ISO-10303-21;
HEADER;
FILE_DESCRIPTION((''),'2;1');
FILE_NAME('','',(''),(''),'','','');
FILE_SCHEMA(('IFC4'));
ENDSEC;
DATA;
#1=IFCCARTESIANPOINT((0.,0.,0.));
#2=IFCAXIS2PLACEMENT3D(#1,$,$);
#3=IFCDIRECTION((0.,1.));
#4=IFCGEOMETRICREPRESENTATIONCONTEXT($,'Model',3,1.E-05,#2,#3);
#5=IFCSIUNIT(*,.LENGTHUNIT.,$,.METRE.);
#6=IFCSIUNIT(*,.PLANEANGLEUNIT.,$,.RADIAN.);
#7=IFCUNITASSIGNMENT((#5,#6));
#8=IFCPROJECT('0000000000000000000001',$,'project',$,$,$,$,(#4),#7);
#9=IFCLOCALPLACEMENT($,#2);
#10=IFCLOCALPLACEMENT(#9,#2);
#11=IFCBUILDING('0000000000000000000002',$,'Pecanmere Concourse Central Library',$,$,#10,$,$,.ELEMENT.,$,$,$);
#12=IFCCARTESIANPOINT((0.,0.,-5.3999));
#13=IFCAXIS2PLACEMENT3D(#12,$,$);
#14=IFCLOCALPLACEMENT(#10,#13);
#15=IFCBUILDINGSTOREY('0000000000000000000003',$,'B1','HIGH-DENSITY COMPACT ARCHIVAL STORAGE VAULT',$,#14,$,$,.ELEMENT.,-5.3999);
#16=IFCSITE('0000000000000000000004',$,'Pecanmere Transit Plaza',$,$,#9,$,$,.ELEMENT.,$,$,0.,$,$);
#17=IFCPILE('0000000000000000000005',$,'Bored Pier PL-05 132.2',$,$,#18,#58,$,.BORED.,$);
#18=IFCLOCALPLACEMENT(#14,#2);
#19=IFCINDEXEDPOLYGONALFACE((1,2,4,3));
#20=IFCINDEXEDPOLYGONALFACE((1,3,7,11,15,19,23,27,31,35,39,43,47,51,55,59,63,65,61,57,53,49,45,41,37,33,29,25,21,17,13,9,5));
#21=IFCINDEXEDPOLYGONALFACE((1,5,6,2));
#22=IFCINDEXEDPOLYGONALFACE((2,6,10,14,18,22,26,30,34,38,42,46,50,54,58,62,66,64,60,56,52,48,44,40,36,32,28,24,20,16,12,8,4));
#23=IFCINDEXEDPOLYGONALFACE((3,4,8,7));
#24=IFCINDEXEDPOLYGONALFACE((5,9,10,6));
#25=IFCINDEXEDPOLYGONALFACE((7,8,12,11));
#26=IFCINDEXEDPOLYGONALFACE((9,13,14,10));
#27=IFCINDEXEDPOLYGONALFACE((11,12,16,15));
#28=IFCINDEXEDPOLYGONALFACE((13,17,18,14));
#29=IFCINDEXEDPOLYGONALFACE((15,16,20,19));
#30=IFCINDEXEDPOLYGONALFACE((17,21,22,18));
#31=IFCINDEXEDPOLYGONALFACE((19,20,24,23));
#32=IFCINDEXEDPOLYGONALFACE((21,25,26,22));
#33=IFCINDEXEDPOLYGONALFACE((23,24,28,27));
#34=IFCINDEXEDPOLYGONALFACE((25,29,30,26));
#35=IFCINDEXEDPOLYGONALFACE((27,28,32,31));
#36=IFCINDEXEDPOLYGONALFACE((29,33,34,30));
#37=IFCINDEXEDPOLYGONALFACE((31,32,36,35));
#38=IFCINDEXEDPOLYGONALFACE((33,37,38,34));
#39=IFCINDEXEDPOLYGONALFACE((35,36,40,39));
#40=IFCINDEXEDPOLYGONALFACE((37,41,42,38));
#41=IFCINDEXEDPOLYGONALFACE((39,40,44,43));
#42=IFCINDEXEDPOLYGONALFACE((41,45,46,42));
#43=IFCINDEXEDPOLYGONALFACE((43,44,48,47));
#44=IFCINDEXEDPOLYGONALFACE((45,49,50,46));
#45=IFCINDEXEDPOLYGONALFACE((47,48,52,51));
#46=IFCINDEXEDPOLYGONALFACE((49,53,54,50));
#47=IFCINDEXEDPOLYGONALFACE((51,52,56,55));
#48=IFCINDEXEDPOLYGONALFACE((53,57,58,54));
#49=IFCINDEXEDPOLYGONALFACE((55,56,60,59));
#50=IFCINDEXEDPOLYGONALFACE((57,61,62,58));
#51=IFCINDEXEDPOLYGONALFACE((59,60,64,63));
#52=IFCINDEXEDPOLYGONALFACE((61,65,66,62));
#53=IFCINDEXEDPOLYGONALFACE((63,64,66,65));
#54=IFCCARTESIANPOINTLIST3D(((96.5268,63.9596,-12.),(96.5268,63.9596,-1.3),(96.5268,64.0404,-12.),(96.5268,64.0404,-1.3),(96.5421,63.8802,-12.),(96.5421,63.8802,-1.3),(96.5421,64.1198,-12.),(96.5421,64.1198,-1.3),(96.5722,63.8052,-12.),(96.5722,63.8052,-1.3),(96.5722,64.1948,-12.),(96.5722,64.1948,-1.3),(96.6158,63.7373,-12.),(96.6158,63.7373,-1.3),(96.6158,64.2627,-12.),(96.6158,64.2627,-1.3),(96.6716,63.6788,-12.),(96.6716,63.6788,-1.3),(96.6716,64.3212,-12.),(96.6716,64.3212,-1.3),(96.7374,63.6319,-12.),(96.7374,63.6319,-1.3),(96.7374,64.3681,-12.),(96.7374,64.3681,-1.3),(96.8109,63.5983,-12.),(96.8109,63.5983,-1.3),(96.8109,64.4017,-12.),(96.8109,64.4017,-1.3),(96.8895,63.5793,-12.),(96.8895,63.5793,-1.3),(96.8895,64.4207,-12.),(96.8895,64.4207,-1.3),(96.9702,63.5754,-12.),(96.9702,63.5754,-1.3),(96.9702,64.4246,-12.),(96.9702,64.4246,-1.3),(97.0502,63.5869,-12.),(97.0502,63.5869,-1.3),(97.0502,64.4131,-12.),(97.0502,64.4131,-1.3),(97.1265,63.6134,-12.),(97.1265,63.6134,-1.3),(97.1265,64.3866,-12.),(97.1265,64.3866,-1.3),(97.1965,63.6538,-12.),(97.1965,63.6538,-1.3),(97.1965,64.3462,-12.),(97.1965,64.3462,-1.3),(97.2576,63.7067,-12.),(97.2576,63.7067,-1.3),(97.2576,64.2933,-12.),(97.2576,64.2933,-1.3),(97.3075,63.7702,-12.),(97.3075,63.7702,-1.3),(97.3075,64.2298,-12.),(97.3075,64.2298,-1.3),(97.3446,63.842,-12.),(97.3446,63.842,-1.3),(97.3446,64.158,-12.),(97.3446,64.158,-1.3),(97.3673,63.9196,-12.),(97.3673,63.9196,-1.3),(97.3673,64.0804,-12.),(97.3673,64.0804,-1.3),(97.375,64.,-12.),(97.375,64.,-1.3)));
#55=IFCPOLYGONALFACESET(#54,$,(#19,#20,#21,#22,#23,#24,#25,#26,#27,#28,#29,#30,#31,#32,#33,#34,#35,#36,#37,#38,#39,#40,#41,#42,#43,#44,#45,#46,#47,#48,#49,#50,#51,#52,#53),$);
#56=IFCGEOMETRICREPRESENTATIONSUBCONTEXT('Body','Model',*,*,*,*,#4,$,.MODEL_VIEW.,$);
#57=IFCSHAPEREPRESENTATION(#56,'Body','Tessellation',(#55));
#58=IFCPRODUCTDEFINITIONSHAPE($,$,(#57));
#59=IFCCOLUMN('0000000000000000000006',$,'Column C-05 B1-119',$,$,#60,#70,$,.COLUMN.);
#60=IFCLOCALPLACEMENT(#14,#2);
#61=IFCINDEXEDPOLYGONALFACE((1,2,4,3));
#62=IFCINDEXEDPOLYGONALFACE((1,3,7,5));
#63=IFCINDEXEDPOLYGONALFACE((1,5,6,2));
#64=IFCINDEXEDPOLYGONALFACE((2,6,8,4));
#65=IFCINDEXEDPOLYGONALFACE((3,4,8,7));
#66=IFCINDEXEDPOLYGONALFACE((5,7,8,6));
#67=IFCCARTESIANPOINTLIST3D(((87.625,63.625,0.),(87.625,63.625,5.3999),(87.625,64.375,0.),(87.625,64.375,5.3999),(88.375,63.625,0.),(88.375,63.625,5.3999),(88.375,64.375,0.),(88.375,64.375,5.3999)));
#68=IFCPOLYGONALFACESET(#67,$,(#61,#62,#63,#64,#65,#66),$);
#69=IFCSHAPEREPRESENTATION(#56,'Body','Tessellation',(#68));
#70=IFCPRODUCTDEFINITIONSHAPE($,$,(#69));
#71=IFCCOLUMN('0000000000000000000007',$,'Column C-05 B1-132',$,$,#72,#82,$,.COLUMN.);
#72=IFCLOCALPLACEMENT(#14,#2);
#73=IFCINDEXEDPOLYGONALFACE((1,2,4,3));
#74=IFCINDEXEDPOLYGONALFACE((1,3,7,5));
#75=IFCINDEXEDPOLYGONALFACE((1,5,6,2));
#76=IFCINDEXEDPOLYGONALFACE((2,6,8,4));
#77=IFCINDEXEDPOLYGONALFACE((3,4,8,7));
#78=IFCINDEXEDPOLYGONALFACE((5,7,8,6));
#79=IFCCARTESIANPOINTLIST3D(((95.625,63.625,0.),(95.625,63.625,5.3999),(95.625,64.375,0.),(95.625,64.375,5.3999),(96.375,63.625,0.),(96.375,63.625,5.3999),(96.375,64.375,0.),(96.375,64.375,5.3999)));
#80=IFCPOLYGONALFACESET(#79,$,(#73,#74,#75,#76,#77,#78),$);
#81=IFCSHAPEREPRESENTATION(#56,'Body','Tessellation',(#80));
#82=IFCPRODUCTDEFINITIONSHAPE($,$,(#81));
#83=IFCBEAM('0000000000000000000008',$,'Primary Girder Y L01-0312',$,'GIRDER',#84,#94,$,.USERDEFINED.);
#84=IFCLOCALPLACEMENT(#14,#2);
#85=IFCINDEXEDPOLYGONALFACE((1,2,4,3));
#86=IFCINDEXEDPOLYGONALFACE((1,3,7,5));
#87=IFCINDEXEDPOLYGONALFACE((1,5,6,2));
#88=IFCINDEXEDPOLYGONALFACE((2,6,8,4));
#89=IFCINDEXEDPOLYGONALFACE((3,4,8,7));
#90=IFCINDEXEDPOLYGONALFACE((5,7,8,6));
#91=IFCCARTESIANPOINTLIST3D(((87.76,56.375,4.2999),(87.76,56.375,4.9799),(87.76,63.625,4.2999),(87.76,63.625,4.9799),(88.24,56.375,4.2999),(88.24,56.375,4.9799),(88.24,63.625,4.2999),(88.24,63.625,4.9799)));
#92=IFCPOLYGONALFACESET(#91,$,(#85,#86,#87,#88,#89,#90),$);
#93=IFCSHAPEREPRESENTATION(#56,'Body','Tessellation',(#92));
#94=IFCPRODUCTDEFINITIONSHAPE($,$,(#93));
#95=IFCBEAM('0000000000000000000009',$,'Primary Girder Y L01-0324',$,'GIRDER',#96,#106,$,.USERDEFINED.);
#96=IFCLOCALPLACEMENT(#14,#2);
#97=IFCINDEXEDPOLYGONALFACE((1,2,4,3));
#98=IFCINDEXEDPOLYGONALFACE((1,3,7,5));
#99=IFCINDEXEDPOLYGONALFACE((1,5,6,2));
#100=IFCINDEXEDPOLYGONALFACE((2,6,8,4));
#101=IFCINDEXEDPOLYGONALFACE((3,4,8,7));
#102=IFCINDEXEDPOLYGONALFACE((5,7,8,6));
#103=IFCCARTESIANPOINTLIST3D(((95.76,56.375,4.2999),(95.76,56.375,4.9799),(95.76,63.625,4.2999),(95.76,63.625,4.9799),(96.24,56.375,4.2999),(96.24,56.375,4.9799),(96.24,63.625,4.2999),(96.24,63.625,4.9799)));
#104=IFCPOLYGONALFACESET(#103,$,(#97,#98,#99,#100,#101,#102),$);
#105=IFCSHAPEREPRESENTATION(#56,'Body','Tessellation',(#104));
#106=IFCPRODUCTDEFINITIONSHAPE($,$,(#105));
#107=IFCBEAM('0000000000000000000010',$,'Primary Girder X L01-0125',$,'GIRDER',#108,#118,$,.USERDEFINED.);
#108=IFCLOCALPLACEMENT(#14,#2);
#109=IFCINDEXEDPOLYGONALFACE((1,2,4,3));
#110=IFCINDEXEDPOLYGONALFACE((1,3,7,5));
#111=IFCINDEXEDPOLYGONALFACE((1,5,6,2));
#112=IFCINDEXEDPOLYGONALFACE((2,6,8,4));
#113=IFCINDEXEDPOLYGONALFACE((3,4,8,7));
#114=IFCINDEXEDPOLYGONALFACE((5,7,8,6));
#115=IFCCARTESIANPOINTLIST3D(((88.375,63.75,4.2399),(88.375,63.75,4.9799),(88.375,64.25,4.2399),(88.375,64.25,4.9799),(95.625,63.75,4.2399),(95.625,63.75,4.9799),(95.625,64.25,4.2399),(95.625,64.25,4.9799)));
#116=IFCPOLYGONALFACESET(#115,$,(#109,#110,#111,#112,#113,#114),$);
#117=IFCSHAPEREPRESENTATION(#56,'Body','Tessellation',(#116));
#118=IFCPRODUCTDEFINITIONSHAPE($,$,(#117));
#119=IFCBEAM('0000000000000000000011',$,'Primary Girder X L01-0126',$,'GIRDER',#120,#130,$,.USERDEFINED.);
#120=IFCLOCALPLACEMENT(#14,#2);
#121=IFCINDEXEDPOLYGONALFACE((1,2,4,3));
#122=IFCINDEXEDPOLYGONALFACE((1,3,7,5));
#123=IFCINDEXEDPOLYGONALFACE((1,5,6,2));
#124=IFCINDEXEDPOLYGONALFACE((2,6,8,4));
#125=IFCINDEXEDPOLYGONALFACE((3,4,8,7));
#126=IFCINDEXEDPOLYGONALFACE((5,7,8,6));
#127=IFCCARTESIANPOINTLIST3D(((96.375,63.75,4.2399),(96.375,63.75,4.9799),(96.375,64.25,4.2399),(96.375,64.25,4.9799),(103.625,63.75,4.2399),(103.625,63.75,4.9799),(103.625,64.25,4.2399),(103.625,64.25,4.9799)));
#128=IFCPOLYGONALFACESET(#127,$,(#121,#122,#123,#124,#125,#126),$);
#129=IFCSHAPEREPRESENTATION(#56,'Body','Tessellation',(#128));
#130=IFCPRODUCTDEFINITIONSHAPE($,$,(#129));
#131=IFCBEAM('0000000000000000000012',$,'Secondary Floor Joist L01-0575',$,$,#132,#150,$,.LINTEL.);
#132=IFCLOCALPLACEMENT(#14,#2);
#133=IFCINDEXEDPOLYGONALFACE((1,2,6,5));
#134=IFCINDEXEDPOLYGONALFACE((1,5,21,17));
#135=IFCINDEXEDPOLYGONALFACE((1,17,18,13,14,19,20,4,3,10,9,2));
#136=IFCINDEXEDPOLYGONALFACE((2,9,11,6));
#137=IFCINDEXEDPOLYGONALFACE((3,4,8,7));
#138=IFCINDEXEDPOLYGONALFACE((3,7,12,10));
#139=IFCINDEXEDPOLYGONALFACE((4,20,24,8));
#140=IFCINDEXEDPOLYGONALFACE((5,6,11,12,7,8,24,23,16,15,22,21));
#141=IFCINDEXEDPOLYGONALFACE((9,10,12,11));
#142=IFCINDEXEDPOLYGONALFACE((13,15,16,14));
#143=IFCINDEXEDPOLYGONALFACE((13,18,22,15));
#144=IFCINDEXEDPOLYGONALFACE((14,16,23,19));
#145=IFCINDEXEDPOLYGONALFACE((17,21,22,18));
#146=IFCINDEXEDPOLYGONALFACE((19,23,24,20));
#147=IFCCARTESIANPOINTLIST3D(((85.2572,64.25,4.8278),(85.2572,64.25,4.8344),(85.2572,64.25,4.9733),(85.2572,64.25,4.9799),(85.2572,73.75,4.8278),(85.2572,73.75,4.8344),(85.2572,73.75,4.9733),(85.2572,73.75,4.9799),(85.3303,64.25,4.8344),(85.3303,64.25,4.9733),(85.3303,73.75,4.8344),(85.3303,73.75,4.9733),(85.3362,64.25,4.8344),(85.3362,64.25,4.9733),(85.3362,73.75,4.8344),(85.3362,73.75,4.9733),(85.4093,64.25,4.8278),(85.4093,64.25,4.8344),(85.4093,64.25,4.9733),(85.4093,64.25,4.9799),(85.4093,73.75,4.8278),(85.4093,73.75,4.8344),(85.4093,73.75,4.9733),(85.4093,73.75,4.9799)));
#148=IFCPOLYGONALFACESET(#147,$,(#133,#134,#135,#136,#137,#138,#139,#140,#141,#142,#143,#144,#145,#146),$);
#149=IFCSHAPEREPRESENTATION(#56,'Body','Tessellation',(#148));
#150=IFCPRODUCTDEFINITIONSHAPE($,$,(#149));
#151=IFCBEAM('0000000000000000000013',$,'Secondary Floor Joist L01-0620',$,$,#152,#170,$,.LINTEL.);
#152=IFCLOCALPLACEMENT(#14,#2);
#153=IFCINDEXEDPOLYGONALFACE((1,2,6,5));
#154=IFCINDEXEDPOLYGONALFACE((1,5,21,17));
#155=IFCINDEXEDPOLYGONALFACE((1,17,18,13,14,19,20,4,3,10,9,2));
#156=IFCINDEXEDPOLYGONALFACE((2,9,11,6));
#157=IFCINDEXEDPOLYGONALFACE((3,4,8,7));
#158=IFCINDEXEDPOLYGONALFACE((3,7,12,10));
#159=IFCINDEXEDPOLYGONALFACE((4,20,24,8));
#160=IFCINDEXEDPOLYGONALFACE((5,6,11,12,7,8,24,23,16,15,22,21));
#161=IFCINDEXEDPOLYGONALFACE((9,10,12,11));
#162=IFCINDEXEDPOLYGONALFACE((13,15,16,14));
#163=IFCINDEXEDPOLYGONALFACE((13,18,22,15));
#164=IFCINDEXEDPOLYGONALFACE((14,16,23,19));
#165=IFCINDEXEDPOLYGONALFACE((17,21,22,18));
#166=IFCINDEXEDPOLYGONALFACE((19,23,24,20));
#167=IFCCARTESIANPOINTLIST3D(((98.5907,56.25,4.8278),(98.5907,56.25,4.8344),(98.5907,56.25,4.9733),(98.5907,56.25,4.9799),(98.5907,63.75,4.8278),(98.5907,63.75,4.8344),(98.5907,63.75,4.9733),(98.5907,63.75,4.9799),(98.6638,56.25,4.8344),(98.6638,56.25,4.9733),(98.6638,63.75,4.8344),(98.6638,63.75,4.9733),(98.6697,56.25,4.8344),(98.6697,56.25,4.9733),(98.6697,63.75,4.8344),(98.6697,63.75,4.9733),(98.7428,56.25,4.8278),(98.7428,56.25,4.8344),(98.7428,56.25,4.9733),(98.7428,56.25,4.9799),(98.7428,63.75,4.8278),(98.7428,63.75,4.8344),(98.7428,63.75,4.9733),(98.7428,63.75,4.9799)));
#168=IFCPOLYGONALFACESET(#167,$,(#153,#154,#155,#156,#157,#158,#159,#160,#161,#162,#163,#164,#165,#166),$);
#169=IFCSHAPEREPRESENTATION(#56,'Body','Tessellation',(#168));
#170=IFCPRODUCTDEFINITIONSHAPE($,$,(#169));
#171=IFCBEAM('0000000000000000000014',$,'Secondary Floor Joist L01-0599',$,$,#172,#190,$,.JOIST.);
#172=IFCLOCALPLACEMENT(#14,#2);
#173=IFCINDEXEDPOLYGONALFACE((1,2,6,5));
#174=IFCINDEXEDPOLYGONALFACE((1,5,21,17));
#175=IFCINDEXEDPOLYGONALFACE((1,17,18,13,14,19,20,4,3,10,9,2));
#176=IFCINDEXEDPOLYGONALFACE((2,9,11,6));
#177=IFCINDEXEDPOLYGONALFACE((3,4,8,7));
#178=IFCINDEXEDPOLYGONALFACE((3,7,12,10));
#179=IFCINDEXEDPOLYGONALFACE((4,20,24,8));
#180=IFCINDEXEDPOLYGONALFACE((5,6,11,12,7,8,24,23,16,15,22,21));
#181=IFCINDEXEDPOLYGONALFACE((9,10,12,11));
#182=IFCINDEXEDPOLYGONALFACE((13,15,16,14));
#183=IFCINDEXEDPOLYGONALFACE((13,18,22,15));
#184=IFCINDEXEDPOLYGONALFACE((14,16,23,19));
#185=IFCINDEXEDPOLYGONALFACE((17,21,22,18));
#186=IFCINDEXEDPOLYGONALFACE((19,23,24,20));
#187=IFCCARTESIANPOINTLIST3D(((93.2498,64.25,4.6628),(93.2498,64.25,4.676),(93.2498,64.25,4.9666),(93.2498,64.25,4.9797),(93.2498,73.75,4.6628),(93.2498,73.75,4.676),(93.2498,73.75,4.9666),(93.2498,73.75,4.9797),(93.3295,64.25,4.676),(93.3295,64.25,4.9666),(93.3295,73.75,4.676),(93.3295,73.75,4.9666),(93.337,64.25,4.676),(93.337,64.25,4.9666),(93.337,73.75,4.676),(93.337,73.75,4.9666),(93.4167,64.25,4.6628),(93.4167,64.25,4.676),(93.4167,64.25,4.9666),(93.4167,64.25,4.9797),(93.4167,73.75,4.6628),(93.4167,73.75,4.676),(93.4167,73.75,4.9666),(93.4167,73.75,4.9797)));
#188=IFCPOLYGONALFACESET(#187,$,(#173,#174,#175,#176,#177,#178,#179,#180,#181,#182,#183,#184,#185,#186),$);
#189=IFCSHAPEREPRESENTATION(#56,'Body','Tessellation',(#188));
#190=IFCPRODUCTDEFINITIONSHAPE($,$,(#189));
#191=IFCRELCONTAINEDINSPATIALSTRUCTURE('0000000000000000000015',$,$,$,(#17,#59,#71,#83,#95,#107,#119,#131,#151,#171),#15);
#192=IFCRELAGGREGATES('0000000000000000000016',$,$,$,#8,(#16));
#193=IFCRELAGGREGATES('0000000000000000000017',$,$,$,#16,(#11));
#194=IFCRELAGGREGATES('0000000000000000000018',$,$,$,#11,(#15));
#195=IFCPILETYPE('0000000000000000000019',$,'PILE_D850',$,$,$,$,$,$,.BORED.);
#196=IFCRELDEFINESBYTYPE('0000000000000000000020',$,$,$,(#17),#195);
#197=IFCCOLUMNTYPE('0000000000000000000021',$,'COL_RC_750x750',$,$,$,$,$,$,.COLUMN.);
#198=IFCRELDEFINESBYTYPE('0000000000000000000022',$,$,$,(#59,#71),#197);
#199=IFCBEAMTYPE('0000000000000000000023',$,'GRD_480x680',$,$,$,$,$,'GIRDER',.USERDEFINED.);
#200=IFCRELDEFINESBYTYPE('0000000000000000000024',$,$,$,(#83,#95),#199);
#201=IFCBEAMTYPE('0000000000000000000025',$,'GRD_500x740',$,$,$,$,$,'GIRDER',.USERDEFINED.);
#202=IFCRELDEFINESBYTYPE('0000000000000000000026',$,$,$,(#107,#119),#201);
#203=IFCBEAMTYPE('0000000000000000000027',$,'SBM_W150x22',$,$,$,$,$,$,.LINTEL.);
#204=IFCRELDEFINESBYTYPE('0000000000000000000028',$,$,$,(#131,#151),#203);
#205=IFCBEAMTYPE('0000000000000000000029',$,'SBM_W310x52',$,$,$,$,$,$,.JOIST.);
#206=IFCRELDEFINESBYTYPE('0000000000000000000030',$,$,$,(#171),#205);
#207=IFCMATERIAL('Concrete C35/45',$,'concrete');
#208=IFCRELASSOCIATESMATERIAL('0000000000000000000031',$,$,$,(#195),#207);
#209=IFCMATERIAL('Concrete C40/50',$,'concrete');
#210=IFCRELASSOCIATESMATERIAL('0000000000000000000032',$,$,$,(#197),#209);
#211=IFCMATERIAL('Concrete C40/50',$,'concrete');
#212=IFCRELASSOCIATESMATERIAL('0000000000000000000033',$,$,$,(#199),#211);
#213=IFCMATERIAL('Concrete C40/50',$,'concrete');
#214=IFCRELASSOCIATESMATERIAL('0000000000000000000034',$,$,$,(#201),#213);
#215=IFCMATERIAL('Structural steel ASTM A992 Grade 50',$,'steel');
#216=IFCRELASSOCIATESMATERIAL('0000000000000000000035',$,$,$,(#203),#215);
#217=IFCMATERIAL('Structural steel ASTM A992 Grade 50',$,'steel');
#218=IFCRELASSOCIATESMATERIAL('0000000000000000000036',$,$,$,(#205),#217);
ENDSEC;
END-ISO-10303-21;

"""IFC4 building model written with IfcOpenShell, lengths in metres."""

from ifc_helpers import new_model, si_unit, direction, frame, origin, origin_2d, place, context, subcontext, project, spatial, rectangle, circle, i_section, extrude, material, material_profile, profile_set, type_object, element, save


model = new_model("IFC4")

# Units and contexts
model_context = context("Model", 3, precision=1e-05, world=origin(), true_north=direction((0.0, 1.0)))
body_context = subcontext(model_context, "Body", "Model", "MODEL_VIEW")
ifc_project = project(units=[si_unit("LENGTHUNIT", "METRE"), si_unit("PLANEANGLEUNIT", "RADIAN")], contexts=[model_context])

# Site, building, storey
site_placement = place(None, origin())
site = spatial("IfcSite", under=ifc_project, at=site_placement, Name="Pecanmere Transit Plaza", CompositionType="ELEMENT", RefElevation=0.0)
building_placement = place(site_placement, origin())
building = spatial("IfcBuilding", under=site, at=building_placement, Name="Pecanmere Concourse Central Library", CompositionType="ELEMENT")
storey_placement = place(building_placement, frame((0.0, 0.0, -5.3999)))
storey = spatial("IfcBuildingStorey", under=building, at=storey_placement, Name="B1", Description="HIGH-DENSITY COMPACT ARCHIVAL STORAGE VAULT", CompositionType="ELEMENT", Elevation=-5.3999)

# Pile
ifc_material_1 = material(Name="Concrete C35/45", Category="concrete")
ifc_material_profile_1 = material_profile(ifc_material_1, circle(Radius=0.425, at=origin_2d()), Name="PIER D850")
ifc_profile_set_1 = profile_set([ifc_material_profile_1], Name="Concrete C35/45")
pile_type = type_object("IfcPileType", Name="PILE_D850", PredefinedType="BORED", material=ifc_profile_set_1)
for number, where, z_axis, x_axis, name in (
    (1, (96.95, 64.0, -1.3), (0.0, 0.0, -1.0), (1.0, 0.0, 0.0), "Bored Pier PL-05 132.2"),
):
    element("IfcPile", number, at=place(storey_placement, frame(where, z_axis=z_axis, x_axis=x_axis)), inside=storey, type_object=pile_type, Name=name, PredefinedType="BORED", context=body_context, shape_type="SweptSolid", body=[
        extrude(circle(Radius=0.425, at=origin_2d()), origin(), (0.0, 0.0, 1.0), 10.7),
    ])

# Columns
ifc_material_2 = material(Name="Concrete C40/50", Category="concrete")
ifc_material_profile_2 = material_profile(ifc_material_2, rectangle(XDim=0.75, YDim=0.75, at=origin_2d()), Name="RC 750x750")
ifc_profile_set_2 = profile_set([ifc_material_profile_2], Name="Concrete C40/50")
column_type = type_object("IfcColumnType", Name="COL_RC_750x750", PredefinedType="COLUMN", material=ifc_profile_set_2)
for number, where, z_axis, x_axis, name in (
    (2, (88.0, 64.0, 0.0), (0.0, 0.0, 1.0), (1.0, 0.0, 0.0), "Column C-05 B1-119"),
    (3, (96.0, 64.0, 0.0), (0.0, 0.0, 1.0), (1.0, 0.0, 0.0), "Column C-05 B1-132"),
):
    element("IfcColumn", number, at=place(storey_placement, frame(where, z_axis=z_axis, x_axis=x_axis)), inside=storey, type_object=column_type, Name=name, PredefinedType="COLUMN", context=body_context, shape_type="SweptSolid", body=[
        extrude(rectangle(XDim=0.75, YDim=0.75, at=origin_2d()), origin(), (0.0, 0.0, 1.0), 5.3999),
    ])

# Beams
ifc_material_3 = material(Name="Concrete C40/50", Category="concrete")
ifc_material_profile_3 = material_profile(ifc_material_3, rectangle(XDim=0.48, YDim=0.6799, at=origin_2d()), Name="RC 480x680")
ifc_profile_set_3 = profile_set([ifc_material_profile_3], Name="Concrete C40/50")
beam_type_1 = type_object("IfcBeamType", Name="GRD_480x680", ElementType="GIRDER", PredefinedType="USERDEFINED", material=ifc_profile_set_3)
for number, where, z_axis, x_axis, name in (
    (4, (88.0, 56.375, 4.6399), (0.0, 1.0, 0.0), (-1.0, 0.0, 0.0), "Primary Girder Y L01-0312"),
    (5, (96.0, 56.375, 4.6399), (0.0, 1.0, 0.0), (-1.0, 0.0, 0.0), "Primary Girder Y L01-0324"),
):
    element("IfcBeam", number, at=place(storey_placement, frame(where, z_axis=z_axis, x_axis=x_axis)), inside=storey, type_object=beam_type_1, Name=name, ObjectType="GIRDER", PredefinedType="USERDEFINED", context=body_context, shape_type="SweptSolid", body=[
        extrude(rectangle(XDim=0.48, YDim=0.6799, at=origin_2d()), origin(), (0.0, 0.0, 1.0), 7.25),
    ])
ifc_material_4 = material(Name="Concrete C40/50", Category="concrete")
ifc_material_profile_4 = material_profile(ifc_material_4, rectangle(XDim=0.5, YDim=0.74, at=origin_2d()), Name="RC 500x740")
ifc_profile_set_4 = profile_set([ifc_material_profile_4], Name="Concrete C40/50")
beam_type_2 = type_object("IfcBeamType", Name="GRD_500x740", ElementType="GIRDER", PredefinedType="USERDEFINED", material=ifc_profile_set_4)
for number, where, z_axis, x_axis, name in (
    (6, (88.375, 64.0, 4.6099), (1.0, 0.0, 0.0), (0.0, 1.0, 0.0), "Primary Girder X L01-0125"),
    (7, (96.375, 64.0, 4.6099), (1.0, 0.0, 0.0), (0.0, 1.0, 0.0), "Primary Girder X L01-0126"),
):
    element("IfcBeam", number, at=place(storey_placement, frame(where, z_axis=z_axis, x_axis=x_axis)), inside=storey, type_object=beam_type_2, Name=name, ObjectType="GIRDER", PredefinedType="USERDEFINED", context=body_context, shape_type="SweptSolid", body=[
        extrude(rectangle(XDim=0.5, YDim=0.74, at=origin_2d()), origin(), (0.0, 0.0, 1.0), 7.25),
    ])
ifc_material_5 = material(Name="Structural steel ASTM A992 Grade 50", Category="steel")
ifc_material_profile_5 = material_profile(ifc_material_5, i_section(OverallWidth=0.1521, OverallDepth=0.1521, WebThickness=0.0059, FlangeThickness=0.0066, at=origin_2d()), Name="W150x22.5")
ifc_profile_set_5 = profile_set([ifc_material_profile_5], Name="Structural steel ASTM A992 Grade 50")
beam_type_3 = type_object("IfcBeamType", Name="SBM_W150x22", PredefinedType="LINTEL", material=ifc_profile_set_5)
beam_1_placement = place(storey_placement, frame((85.3333, 64.25, 4.9038), z_axis=(0.0, 1.0, 0.0), x_axis=(-1.0, 0.0, 0.0)))
element("IfcBeam", 8, at=beam_1_placement, inside=storey, type_object=beam_type_3, Name="Secondary Floor Joist L01-0575", PredefinedType="LINTEL", context=body_context, shape_type="SweptSolid", body=[
    extrude(i_section(OverallWidth=0.1521, OverallDepth=0.1521, WebThickness=0.0059, FlangeThickness=0.0066, at=origin_2d()), origin(), (0.0, 0.0, 1.0), 9.5),
])
beam_2_placement = place(storey_placement, frame((98.6667, 56.25, 4.9038), z_axis=(0.0, 1.0, 0.0), x_axis=(-1.0, 0.0, 0.0)))
element("IfcBeam", 9, at=beam_2_placement, inside=storey, type_object=beam_type_3, Name="Secondary Floor Joist L01-0620", PredefinedType="LINTEL", context=body_context, shape_type="SweptSolid", body=[
    extrude(i_section(OverallWidth=0.1521, OverallDepth=0.1521, WebThickness=0.0059, FlangeThickness=0.0066, at=origin_2d()), origin(), (0.0, 0.0, 1.0), 7.5),
])
ifc_material_6 = material(Name="Structural steel ASTM A992 Grade 50", Category="steel")
ifc_material_profile_6 = material_profile(ifc_material_6, i_section(OverallWidth=0.167, OverallDepth=0.3169, WebThickness=0.0076, FlangeThickness=0.0132, at=origin_2d()), Name="W310x52")
ifc_profile_set_6 = profile_set([ifc_material_profile_6], Name="Structural steel ASTM A992 Grade 50")
beam_type_4 = type_object("IfcBeamType", Name="SBM_W310x52", PredefinedType="JOIST", material=ifc_profile_set_6)
beam_3_placement = place(storey_placement, frame((93.3333, 64.25, 4.8213), z_axis=(0.0, 1.0, 0.0), x_axis=(-1.0, 0.0, 0.0)))
element("IfcBeam", 10, at=beam_3_placement, inside=storey, type_object=beam_type_4, Name="Secondary Floor Joist L01-0599", PredefinedType="JOIST", context=body_context, shape_type="SweptSolid", body=[
    extrude(i_section(OverallWidth=0.167, OverallDepth=0.3169, WebThickness=0.0076, FlangeThickness=0.0132, at=origin_2d()), origin(), (0.0, 0.0, 1.0), 9.5),
])

save(model, "model.ifc")
